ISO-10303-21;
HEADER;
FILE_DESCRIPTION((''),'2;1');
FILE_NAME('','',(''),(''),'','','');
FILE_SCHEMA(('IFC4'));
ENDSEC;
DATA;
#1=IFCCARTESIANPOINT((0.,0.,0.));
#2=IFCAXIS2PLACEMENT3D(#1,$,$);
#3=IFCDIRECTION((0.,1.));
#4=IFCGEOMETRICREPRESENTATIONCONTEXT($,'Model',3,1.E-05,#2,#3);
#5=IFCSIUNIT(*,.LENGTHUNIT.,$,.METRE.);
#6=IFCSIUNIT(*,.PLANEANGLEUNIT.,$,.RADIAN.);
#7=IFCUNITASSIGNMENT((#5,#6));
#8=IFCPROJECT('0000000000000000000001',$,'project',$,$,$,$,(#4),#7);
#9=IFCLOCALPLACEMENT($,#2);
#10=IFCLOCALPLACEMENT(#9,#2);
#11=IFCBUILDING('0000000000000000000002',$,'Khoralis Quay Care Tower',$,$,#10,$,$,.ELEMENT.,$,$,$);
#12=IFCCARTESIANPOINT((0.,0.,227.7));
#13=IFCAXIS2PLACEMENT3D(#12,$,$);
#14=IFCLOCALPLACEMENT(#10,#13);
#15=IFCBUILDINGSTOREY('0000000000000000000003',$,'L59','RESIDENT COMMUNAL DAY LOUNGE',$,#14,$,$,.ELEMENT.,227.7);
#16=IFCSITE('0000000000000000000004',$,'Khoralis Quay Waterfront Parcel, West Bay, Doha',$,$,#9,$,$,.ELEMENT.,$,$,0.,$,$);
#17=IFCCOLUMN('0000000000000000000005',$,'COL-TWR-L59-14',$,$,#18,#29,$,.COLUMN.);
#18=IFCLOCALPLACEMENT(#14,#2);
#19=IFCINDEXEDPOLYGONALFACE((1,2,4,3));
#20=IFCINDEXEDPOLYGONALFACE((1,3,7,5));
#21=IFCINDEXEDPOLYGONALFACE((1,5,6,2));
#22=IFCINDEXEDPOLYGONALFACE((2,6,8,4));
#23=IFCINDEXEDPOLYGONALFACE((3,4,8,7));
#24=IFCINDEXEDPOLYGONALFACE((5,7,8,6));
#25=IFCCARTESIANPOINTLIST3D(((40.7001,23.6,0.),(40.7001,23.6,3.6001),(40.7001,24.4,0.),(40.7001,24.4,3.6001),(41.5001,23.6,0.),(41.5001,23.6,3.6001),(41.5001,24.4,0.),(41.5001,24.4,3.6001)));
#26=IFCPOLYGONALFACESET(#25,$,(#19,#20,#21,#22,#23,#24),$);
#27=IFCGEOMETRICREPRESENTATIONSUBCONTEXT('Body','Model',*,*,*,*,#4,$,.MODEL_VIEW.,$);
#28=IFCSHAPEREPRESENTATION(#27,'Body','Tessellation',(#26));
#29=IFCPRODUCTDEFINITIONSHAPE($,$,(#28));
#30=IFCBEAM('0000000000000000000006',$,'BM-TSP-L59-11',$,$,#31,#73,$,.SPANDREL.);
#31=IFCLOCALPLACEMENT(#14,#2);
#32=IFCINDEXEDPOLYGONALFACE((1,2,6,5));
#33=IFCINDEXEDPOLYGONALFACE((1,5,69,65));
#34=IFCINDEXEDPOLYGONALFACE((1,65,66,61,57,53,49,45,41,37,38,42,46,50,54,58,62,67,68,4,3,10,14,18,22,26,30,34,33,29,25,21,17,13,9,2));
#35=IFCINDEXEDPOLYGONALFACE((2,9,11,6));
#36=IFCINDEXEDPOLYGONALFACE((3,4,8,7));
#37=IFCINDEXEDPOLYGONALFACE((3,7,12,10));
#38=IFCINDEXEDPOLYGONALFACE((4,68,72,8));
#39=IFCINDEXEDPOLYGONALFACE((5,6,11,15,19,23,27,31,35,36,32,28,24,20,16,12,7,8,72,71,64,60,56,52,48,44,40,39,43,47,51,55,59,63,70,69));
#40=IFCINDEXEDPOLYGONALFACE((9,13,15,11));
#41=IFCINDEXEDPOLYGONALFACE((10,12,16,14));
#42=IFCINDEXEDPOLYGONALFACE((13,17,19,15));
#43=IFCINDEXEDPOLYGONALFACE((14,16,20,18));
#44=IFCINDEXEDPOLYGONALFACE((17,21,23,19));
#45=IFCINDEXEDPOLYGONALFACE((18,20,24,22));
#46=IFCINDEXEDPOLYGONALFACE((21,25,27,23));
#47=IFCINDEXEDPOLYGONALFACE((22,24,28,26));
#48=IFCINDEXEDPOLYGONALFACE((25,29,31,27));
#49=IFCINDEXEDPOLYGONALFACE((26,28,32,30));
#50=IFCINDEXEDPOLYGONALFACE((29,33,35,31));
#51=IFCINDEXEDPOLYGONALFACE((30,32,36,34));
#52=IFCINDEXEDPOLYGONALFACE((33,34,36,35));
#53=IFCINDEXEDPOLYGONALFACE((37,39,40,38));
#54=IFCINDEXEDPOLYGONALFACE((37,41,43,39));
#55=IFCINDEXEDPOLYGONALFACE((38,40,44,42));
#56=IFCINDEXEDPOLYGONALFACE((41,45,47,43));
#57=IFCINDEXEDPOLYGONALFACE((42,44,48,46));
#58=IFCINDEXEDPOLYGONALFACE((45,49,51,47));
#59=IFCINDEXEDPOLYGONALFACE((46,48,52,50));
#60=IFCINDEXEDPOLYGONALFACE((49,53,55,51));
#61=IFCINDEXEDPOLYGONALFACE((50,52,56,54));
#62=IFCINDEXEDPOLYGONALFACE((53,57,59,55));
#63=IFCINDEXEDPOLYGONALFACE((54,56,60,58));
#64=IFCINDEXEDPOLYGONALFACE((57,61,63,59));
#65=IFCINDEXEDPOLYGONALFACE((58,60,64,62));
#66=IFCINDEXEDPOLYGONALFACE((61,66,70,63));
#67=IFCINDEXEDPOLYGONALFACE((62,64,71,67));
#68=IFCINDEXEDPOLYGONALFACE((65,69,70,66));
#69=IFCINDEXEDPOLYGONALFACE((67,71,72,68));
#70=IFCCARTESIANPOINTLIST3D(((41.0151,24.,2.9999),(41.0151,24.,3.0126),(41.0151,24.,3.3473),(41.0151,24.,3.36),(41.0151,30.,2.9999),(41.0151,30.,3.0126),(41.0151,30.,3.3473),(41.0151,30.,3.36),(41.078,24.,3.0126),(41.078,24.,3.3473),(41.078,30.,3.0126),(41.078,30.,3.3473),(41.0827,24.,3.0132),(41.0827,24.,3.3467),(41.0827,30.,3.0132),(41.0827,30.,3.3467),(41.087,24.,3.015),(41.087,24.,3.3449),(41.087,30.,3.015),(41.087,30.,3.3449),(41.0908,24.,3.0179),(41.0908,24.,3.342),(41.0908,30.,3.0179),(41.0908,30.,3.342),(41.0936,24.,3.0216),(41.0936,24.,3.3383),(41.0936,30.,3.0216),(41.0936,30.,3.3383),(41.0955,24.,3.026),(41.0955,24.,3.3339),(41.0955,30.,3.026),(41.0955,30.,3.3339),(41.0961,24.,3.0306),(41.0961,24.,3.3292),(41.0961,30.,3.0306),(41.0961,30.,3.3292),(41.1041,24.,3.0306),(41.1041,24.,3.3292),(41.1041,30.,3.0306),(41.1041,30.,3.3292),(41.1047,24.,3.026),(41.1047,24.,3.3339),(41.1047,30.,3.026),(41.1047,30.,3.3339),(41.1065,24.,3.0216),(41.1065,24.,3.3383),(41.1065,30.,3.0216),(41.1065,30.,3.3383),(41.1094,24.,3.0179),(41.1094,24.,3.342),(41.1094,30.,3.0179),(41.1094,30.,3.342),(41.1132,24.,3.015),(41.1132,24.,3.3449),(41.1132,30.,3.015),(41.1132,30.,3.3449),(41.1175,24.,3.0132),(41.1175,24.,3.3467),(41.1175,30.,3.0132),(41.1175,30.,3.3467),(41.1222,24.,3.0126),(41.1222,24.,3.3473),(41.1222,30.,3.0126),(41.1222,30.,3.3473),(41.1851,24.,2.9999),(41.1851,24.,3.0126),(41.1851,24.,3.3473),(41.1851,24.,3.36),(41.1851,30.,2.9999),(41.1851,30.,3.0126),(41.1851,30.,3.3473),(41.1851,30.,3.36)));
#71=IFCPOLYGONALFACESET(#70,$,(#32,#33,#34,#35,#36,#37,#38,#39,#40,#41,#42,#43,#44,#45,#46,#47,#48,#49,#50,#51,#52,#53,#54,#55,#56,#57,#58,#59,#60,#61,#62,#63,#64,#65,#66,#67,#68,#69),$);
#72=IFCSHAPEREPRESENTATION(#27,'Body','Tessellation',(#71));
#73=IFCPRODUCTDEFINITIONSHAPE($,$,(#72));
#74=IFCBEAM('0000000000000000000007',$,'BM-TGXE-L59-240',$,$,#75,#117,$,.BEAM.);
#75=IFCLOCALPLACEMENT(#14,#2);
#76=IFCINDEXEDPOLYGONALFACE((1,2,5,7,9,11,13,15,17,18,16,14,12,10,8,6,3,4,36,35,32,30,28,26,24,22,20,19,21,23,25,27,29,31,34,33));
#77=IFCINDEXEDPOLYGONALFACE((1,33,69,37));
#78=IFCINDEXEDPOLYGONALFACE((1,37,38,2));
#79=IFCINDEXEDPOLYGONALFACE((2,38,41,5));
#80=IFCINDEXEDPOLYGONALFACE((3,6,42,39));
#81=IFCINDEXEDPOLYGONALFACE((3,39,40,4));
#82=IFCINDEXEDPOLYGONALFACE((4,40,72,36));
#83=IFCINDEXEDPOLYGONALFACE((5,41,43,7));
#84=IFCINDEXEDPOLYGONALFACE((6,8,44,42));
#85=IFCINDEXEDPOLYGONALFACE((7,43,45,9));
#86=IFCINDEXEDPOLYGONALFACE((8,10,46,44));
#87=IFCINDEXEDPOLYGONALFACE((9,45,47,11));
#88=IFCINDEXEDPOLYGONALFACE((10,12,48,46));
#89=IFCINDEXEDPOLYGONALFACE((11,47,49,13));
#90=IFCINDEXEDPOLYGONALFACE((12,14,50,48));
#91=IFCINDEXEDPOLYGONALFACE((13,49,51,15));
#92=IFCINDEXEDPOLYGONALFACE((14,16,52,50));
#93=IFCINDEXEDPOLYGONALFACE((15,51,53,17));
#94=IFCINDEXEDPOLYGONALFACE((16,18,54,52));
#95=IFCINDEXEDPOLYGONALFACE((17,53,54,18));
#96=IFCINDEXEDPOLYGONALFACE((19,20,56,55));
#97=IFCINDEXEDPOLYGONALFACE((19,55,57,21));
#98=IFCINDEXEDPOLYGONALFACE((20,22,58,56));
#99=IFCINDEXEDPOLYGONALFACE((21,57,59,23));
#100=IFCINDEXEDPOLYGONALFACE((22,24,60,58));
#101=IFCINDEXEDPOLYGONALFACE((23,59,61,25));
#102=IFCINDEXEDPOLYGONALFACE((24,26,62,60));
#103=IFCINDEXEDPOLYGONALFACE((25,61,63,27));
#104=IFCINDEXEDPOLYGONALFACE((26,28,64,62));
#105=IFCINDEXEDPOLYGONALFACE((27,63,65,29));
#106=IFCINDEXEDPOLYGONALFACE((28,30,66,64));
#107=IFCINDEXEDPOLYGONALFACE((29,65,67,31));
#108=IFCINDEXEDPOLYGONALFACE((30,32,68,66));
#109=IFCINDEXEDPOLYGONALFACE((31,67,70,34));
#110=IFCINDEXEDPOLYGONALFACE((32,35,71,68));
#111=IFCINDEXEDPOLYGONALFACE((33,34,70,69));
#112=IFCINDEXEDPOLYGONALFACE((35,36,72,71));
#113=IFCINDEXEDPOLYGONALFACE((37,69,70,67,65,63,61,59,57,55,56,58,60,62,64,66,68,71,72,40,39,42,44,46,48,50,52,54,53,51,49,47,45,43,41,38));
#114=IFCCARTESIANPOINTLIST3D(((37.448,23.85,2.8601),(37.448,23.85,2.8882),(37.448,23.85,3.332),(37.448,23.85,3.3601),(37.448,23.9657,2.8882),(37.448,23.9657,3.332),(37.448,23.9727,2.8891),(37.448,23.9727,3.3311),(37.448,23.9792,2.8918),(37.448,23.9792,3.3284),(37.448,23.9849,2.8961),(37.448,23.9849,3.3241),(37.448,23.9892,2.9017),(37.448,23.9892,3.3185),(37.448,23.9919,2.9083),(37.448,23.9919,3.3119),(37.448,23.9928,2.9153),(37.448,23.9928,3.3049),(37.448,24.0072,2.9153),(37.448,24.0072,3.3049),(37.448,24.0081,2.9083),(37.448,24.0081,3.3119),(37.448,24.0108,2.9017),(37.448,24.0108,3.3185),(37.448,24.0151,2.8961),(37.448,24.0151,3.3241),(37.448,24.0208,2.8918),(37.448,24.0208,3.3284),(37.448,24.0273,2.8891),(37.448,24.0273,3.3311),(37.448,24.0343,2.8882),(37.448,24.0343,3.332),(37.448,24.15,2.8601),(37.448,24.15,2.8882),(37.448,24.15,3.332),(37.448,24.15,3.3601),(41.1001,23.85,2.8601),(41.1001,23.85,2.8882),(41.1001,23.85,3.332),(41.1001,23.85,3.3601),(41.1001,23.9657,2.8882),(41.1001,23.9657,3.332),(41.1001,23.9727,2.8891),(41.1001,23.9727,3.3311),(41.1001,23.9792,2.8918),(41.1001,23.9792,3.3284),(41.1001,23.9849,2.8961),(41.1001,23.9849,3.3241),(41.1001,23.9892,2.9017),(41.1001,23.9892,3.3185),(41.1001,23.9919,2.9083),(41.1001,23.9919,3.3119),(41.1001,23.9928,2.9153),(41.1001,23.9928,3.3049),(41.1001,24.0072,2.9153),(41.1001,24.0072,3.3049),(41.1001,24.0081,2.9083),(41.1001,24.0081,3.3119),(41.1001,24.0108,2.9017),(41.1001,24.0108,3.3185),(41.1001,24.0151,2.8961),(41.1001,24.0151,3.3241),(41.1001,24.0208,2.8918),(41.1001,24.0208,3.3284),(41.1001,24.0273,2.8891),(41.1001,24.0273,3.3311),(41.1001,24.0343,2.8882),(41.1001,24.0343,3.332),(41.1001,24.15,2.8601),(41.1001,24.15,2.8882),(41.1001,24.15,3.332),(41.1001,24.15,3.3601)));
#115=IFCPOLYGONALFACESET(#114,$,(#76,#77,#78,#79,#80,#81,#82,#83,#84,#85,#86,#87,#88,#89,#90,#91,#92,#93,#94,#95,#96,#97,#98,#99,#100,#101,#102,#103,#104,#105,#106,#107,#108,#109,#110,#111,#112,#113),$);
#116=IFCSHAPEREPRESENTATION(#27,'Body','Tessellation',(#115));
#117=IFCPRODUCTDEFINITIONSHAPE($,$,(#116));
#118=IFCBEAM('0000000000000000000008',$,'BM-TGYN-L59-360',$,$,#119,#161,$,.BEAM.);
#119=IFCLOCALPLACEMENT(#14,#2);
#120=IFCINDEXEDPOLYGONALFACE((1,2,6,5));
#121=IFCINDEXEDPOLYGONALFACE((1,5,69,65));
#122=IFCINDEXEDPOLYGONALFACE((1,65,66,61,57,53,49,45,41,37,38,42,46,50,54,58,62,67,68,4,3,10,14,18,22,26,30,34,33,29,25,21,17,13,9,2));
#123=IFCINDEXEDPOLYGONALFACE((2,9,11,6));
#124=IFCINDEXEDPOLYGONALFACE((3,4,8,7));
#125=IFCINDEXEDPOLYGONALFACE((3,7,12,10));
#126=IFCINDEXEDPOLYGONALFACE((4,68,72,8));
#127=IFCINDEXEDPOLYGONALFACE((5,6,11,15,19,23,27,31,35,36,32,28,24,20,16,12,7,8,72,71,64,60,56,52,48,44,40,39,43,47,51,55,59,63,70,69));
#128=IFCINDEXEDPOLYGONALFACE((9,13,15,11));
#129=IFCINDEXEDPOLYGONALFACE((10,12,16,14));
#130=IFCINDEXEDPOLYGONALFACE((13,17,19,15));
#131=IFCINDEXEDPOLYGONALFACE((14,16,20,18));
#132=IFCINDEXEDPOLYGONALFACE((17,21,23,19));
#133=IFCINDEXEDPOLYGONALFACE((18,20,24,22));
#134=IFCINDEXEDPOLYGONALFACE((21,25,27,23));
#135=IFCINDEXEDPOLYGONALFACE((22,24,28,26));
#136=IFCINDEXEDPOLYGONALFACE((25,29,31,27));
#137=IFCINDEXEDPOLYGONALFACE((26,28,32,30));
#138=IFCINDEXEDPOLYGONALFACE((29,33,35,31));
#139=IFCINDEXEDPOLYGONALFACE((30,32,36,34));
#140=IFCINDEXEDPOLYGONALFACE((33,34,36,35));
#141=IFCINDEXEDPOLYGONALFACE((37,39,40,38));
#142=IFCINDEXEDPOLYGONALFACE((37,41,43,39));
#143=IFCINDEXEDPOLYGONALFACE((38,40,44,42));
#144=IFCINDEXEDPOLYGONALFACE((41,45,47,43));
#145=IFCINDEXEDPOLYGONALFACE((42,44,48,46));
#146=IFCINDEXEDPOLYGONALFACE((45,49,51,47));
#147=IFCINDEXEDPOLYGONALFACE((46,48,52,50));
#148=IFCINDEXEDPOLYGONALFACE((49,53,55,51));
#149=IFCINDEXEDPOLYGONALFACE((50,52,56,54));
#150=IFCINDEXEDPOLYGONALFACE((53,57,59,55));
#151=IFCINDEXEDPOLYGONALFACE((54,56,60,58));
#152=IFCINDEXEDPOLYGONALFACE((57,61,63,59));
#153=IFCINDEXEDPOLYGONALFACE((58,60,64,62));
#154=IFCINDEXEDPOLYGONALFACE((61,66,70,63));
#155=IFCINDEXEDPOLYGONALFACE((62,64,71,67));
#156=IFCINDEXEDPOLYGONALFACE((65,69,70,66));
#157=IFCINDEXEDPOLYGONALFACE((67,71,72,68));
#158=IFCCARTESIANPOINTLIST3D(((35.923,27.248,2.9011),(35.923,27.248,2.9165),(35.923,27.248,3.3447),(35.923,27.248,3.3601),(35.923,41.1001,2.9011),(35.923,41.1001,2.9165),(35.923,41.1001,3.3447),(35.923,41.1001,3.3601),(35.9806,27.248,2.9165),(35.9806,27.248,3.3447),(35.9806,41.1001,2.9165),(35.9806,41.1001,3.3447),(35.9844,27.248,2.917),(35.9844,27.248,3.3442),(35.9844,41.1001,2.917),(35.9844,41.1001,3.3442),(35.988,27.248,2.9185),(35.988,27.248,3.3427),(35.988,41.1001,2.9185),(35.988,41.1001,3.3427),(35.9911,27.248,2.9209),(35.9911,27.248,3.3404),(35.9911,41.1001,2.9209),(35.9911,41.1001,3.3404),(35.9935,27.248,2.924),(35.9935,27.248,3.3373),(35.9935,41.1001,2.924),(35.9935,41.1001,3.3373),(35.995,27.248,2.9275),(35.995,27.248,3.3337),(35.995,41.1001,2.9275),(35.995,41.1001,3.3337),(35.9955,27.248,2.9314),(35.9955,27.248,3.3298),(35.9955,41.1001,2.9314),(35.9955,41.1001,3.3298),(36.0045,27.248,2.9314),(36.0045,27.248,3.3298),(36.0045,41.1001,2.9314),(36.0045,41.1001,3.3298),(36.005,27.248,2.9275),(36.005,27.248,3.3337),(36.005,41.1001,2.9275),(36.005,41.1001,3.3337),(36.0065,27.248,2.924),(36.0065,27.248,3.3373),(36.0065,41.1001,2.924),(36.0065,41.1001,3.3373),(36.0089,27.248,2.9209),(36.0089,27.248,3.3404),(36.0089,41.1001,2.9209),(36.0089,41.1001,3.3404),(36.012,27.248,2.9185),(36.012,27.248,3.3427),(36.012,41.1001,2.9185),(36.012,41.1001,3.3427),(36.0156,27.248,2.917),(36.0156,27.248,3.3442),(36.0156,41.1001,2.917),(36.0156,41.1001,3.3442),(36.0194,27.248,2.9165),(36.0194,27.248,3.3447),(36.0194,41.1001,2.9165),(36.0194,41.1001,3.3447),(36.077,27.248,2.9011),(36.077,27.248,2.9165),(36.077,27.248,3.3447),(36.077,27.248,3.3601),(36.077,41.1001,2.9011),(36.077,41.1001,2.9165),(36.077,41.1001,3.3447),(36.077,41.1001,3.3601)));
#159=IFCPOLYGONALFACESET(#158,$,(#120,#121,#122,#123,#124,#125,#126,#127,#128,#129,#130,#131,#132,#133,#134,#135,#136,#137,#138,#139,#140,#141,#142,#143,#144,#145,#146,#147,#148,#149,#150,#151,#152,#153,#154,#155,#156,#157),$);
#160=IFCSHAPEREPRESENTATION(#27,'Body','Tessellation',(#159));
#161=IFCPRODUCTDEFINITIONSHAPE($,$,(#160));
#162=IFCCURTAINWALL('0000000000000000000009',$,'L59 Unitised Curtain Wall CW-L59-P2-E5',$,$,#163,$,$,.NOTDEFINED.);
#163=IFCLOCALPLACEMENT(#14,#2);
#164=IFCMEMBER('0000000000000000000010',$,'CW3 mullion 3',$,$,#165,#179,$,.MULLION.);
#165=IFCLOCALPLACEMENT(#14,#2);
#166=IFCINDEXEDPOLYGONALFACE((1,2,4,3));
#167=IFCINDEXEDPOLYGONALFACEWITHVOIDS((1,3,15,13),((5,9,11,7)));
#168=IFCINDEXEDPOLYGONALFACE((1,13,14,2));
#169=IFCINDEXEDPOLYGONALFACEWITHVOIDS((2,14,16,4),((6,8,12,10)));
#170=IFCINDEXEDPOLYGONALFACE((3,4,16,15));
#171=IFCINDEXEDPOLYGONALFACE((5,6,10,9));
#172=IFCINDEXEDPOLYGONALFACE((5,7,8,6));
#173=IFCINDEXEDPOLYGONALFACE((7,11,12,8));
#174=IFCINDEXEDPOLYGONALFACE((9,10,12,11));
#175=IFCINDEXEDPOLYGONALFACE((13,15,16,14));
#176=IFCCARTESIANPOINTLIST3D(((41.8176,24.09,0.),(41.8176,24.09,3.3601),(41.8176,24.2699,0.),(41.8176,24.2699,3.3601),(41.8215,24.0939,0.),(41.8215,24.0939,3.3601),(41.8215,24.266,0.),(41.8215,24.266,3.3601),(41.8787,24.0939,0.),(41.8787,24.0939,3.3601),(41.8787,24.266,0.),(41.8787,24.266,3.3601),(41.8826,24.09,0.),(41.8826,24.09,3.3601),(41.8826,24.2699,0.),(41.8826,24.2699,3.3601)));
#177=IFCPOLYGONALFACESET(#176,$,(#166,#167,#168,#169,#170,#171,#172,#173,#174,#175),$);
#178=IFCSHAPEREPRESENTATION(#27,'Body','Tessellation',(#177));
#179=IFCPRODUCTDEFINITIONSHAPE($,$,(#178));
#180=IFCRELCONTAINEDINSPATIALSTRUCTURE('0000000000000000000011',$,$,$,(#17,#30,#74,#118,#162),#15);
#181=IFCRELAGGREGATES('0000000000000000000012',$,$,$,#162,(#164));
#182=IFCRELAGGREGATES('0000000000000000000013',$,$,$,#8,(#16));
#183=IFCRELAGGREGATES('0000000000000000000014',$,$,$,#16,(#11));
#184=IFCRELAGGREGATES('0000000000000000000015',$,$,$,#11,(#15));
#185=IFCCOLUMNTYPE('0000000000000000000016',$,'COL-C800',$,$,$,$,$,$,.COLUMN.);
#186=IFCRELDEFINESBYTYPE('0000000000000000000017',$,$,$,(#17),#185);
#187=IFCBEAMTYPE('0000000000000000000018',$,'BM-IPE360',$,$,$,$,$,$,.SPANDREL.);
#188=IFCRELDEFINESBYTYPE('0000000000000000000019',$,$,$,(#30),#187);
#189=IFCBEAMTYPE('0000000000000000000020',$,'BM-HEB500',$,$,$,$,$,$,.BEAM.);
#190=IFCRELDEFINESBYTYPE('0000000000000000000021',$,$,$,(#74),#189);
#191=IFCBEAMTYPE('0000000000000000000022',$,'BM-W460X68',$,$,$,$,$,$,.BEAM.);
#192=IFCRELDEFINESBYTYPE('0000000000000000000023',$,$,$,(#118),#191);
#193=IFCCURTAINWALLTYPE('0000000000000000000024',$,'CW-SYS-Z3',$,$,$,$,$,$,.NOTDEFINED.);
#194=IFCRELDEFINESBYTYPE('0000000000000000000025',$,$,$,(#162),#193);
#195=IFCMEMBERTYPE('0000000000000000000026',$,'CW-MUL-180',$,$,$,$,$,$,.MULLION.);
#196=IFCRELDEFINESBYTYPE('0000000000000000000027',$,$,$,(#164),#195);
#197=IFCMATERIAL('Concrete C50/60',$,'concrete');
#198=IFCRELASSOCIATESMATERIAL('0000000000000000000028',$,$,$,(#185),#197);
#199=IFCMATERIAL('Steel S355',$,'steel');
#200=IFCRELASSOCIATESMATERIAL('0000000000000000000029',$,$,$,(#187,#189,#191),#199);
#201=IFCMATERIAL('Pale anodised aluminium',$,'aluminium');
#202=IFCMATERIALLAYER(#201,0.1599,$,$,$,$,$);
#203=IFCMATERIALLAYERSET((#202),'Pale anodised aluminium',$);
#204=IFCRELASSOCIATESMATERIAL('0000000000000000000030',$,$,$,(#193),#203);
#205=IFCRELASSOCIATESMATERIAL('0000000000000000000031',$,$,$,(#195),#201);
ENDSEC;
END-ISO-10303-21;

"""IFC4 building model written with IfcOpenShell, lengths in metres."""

from ifc_helpers import new_model, si_unit, direction, frame, origin, origin_2d, place, context, subcontext, project, spatial, rectangle, hollow_rectangle, i_section, extrude, source, transform, mapped, material, layer, layer_set, material_profile, profile_set, type_object, element, aggregate, save


model = new_model("IFC4")

# Units and contexts
model_context = context("Model", 3, precision=1e-05, world=origin(), true_north=direction((0.0, 1.0)))
body_context = subcontext(model_context, "Body", "Model", "MODEL_VIEW")
ifc_project = project(units=[si_unit("LENGTHUNIT", "METRE"), si_unit("PLANEANGLEUNIT", "RADIAN")], contexts=[model_context])

# Site, building, storey
site_placement = place(None, origin())
site = spatial("IfcSite", under=ifc_project, at=site_placement, Name="Khoralis Quay Waterfront Parcel, West Bay, Doha", CompositionType="ELEMENT", RefElevation=0.0)
building_placement = place(site_placement, origin())
building = spatial("IfcBuilding", under=site, at=building_placement, Name="Khoralis Quay Care Tower", CompositionType="ELEMENT")
storey_placement = place(building_placement, frame((0.0, 0.0, 227.7)))
storey = spatial("IfcBuildingStorey", under=building, at=storey_placement, Name="L59", Description="RESIDENT COMMUNAL DAY LOUNGE", CompositionType="ELEMENT", Elevation=227.7)

# Column
ifc_material_1 = material(Name="Concrete C50/60", Category="concrete")
ifc_material_profile_1 = material_profile(ifc_material_1, rectangle(XDim=0.8, YDim=0.8, at=origin_2d()), Name="Concrete C50/60")
ifc_profile_set_1 = profile_set([ifc_material_profile_1], Name="Concrete C50/60")
column_type = type_object("IfcColumnType", Name="COL-C800", PredefinedType="COLUMN", material=ifc_profile_set_1)
shared_shape_1 = source(origin(), body_context, "Body", "SweptSolid", [
    extrude(rectangle(XDim=0.8, YDim=0.8, at=origin_2d()), origin(), (0.0, 0.0, 1.0), 3.6001),
])
column_placement = place(storey_placement, frame((41.1001, 24.0, 0.0), z_axis=(0.0, 0.0, 1.0), x_axis=(1.0, 0.0, 0.0)))
element("IfcColumn", 1, at=column_placement, inside=storey, type_object=column_type, Name="COL-TWR-L59-14", PredefinedType="COLUMN", context=body_context, shape_type="MappedRepresentation", body=[
    mapped(shared_shape_1, transform((0.0, 0.0, 0.0), scale=1.0)),
])

# Beams
ifc_material_2 = material(Name="Steel S355", Category="steel")
ifc_material_profile_2 = material_profile(ifc_material_2, i_section(OverallWidth=0.1699, OverallDepth=0.3601, WebThickness=0.0081, FlangeThickness=0.0127, FilletRadius=0.0181, at=origin_2d()), Name="Steel S355")
ifc_profile_set_2 = profile_set([ifc_material_profile_2], Name="Steel S355")
beam_type_1 = type_object("IfcBeamType", Name="BM-IPE360", PredefinedType="SPANDREL", material=ifc_profile_set_2)
shared_shape_2 = source(origin(), body_context, "Body", "SweptSolid", [
    extrude(i_section(OverallWidth=0.1699, OverallDepth=0.3601, WebThickness=0.0081, FlangeThickness=0.0127, FilletRadius=0.0181, at=origin_2d()), origin(), (0.0, 0.0, 1.0), 6.0),
])
beam_1_placement = place(storey_placement, frame((41.1001, 24.0, 3.1799), z_axis=(0.0, 1.0, 0.0), x_axis=(-1.0, 0.0, 0.0)))
element("IfcBeam", 2, at=beam_1_placement, inside=storey, type_object=beam_type_1, Name="BM-TSP-L59-11", PredefinedType="SPANDREL", context=body_context, shape_type="MappedRepresentation", body=[
    mapped(shared_shape_2, transform((0.0, 0.0, 0.0), scale=1.0)),
])
ifc_material_profile_3 = material_profile(ifc_material_2, i_section(OverallWidth=0.3, OverallDepth=0.5, WebThickness=0.0144, FlangeThickness=0.0281, FilletRadius=0.0271, at=origin_2d()), Name="Steel S355")
ifc_profile_set_3 = profile_set([ifc_material_profile_3], Name="Steel S355")
beam_type_2 = type_object("IfcBeamType", Name="BM-HEB500", PredefinedType="BEAM", material=ifc_profile_set_3)
shared_shape_3 = source(origin(), body_context, "Body", "SweptSolid", [
    extrude(i_section(OverallWidth=0.3, OverallDepth=0.5, WebThickness=0.0144, FlangeThickness=0.0281, FilletRadius=0.0271, at=origin_2d()), origin(), (0.0, 0.0, 1.0), 3.6521),
])
beam_2_placement = place(storey_placement, frame((37.448, 24.0, 3.1101), z_axis=(1.0, 0.0, 0.0), x_axis=(0.0, 1.0, 0.0)))
element("IfcBeam", 3, at=beam_2_placement, inside=storey, type_object=beam_type_2, Name="BM-TGXE-L59-240", PredefinedType="BEAM", context=body_context, shape_type="MappedRepresentation", body=[
    mapped(shared_shape_3, transform((0.0, 0.0, 0.0), scale=1.0)),
])
ifc_material_profile_4 = material_profile(ifc_material_2, i_section(OverallWidth=0.1541, OverallDepth=0.459, WebThickness=0.009, FlangeThickness=0.0154, FilletRadius=0.0149, at=origin_2d()), Name="Steel S355")
ifc_profile_set_4 = profile_set([ifc_material_profile_4], Name="Steel S355")
beam_type_3 = type_object("IfcBeamType", Name="BM-W460X68", PredefinedType="BEAM", material=ifc_profile_set_4)
shared_shape_4 = source(origin(), body_context, "Body", "SweptSolid", [
    extrude(i_section(OverallWidth=0.1541, OverallDepth=0.459, WebThickness=0.009, FlangeThickness=0.0154, FilletRadius=0.0149, at=origin_2d()), origin(), (0.0, 0.0, 1.0), 13.8521),
])
beam_3_placement = place(storey_placement, frame((36.0, 27.248, 3.1306), z_axis=(0.0, 1.0, 0.0), x_axis=(-1.0, 0.0, 0.0)))
element("IfcBeam", 4, at=beam_3_placement, inside=storey, type_object=beam_type_3, Name="BM-TGYN-L59-360", PredefinedType="BEAM", context=body_context, shape_type="MappedRepresentation", body=[
    mapped(shared_shape_4, transform((0.0, 0.0, 0.0), scale=1.0)),
])

# Curtain wall, member
ifc_material_3 = material(Name="Pale anodised aluminium", Category="aluminium")
ifc_layer_1 = layer(ifc_material_3, 0.1599)
ifc_layer_set_1 = layer_set([ifc_layer_1], Name="Pale anodised aluminium")
curtain_wall_type = type_object("IfcCurtainWallType", Name="CW-SYS-Z3", PredefinedType="NOTDEFINED", material=ifc_layer_set_1)
curtain_wall_placement = place(storey_placement, origin())
curtain_wall = element("IfcCurtainWall", 5, at=curtain_wall_placement, inside=storey, type_object=curtain_wall_type, Name="L59 Unitised Curtain Wall CW-L59-P2-E5", PredefinedType="NOTDEFINED")
ifc_material_profile_5 = material_profile(ifc_material_3, hollow_rectangle(XDim=0.0649, YDim=0.1799, WallThickness=0.0039, at=origin_2d()), Name="Pale anodised aluminium")
ifc_profile_set_5 = profile_set([ifc_material_profile_5], Name="Pale anodised aluminium")
member_type_1 = type_object("IfcMemberType", Name="CW-MUL-180", PredefinedType="MULLION", material=ifc_profile_set_5)
shared_shape_5 = source(origin(), body_context, "Body", "SweptSolid", [
    extrude(hollow_rectangle(XDim=0.0649, YDim=0.1799, WallThickness=0.0039, at=origin_2d()), origin(), (0.0, 0.0, 1.0), 3.3601),
])
member_1_placement = place(storey_placement, frame((41.8501, 24.1799, 0.0), z_axis=(0.0, 0.0, 1.0), x_axis=(-1.0, 0.0, 0.0)))
member_1 = element("IfcMember", 6, at=member_1_placement, type_object=member_type_1, Name="CW3 mullion 3", PredefinedType="MULLION", context=body_context, shape_type="MappedRepresentation", body=[
    mapped(shared_shape_5, transform((0.0, 0.0, 0.0), scale=1.0)),
])
aggregate(curtain_wall, [member_1])

save(model, "model.ifc")
